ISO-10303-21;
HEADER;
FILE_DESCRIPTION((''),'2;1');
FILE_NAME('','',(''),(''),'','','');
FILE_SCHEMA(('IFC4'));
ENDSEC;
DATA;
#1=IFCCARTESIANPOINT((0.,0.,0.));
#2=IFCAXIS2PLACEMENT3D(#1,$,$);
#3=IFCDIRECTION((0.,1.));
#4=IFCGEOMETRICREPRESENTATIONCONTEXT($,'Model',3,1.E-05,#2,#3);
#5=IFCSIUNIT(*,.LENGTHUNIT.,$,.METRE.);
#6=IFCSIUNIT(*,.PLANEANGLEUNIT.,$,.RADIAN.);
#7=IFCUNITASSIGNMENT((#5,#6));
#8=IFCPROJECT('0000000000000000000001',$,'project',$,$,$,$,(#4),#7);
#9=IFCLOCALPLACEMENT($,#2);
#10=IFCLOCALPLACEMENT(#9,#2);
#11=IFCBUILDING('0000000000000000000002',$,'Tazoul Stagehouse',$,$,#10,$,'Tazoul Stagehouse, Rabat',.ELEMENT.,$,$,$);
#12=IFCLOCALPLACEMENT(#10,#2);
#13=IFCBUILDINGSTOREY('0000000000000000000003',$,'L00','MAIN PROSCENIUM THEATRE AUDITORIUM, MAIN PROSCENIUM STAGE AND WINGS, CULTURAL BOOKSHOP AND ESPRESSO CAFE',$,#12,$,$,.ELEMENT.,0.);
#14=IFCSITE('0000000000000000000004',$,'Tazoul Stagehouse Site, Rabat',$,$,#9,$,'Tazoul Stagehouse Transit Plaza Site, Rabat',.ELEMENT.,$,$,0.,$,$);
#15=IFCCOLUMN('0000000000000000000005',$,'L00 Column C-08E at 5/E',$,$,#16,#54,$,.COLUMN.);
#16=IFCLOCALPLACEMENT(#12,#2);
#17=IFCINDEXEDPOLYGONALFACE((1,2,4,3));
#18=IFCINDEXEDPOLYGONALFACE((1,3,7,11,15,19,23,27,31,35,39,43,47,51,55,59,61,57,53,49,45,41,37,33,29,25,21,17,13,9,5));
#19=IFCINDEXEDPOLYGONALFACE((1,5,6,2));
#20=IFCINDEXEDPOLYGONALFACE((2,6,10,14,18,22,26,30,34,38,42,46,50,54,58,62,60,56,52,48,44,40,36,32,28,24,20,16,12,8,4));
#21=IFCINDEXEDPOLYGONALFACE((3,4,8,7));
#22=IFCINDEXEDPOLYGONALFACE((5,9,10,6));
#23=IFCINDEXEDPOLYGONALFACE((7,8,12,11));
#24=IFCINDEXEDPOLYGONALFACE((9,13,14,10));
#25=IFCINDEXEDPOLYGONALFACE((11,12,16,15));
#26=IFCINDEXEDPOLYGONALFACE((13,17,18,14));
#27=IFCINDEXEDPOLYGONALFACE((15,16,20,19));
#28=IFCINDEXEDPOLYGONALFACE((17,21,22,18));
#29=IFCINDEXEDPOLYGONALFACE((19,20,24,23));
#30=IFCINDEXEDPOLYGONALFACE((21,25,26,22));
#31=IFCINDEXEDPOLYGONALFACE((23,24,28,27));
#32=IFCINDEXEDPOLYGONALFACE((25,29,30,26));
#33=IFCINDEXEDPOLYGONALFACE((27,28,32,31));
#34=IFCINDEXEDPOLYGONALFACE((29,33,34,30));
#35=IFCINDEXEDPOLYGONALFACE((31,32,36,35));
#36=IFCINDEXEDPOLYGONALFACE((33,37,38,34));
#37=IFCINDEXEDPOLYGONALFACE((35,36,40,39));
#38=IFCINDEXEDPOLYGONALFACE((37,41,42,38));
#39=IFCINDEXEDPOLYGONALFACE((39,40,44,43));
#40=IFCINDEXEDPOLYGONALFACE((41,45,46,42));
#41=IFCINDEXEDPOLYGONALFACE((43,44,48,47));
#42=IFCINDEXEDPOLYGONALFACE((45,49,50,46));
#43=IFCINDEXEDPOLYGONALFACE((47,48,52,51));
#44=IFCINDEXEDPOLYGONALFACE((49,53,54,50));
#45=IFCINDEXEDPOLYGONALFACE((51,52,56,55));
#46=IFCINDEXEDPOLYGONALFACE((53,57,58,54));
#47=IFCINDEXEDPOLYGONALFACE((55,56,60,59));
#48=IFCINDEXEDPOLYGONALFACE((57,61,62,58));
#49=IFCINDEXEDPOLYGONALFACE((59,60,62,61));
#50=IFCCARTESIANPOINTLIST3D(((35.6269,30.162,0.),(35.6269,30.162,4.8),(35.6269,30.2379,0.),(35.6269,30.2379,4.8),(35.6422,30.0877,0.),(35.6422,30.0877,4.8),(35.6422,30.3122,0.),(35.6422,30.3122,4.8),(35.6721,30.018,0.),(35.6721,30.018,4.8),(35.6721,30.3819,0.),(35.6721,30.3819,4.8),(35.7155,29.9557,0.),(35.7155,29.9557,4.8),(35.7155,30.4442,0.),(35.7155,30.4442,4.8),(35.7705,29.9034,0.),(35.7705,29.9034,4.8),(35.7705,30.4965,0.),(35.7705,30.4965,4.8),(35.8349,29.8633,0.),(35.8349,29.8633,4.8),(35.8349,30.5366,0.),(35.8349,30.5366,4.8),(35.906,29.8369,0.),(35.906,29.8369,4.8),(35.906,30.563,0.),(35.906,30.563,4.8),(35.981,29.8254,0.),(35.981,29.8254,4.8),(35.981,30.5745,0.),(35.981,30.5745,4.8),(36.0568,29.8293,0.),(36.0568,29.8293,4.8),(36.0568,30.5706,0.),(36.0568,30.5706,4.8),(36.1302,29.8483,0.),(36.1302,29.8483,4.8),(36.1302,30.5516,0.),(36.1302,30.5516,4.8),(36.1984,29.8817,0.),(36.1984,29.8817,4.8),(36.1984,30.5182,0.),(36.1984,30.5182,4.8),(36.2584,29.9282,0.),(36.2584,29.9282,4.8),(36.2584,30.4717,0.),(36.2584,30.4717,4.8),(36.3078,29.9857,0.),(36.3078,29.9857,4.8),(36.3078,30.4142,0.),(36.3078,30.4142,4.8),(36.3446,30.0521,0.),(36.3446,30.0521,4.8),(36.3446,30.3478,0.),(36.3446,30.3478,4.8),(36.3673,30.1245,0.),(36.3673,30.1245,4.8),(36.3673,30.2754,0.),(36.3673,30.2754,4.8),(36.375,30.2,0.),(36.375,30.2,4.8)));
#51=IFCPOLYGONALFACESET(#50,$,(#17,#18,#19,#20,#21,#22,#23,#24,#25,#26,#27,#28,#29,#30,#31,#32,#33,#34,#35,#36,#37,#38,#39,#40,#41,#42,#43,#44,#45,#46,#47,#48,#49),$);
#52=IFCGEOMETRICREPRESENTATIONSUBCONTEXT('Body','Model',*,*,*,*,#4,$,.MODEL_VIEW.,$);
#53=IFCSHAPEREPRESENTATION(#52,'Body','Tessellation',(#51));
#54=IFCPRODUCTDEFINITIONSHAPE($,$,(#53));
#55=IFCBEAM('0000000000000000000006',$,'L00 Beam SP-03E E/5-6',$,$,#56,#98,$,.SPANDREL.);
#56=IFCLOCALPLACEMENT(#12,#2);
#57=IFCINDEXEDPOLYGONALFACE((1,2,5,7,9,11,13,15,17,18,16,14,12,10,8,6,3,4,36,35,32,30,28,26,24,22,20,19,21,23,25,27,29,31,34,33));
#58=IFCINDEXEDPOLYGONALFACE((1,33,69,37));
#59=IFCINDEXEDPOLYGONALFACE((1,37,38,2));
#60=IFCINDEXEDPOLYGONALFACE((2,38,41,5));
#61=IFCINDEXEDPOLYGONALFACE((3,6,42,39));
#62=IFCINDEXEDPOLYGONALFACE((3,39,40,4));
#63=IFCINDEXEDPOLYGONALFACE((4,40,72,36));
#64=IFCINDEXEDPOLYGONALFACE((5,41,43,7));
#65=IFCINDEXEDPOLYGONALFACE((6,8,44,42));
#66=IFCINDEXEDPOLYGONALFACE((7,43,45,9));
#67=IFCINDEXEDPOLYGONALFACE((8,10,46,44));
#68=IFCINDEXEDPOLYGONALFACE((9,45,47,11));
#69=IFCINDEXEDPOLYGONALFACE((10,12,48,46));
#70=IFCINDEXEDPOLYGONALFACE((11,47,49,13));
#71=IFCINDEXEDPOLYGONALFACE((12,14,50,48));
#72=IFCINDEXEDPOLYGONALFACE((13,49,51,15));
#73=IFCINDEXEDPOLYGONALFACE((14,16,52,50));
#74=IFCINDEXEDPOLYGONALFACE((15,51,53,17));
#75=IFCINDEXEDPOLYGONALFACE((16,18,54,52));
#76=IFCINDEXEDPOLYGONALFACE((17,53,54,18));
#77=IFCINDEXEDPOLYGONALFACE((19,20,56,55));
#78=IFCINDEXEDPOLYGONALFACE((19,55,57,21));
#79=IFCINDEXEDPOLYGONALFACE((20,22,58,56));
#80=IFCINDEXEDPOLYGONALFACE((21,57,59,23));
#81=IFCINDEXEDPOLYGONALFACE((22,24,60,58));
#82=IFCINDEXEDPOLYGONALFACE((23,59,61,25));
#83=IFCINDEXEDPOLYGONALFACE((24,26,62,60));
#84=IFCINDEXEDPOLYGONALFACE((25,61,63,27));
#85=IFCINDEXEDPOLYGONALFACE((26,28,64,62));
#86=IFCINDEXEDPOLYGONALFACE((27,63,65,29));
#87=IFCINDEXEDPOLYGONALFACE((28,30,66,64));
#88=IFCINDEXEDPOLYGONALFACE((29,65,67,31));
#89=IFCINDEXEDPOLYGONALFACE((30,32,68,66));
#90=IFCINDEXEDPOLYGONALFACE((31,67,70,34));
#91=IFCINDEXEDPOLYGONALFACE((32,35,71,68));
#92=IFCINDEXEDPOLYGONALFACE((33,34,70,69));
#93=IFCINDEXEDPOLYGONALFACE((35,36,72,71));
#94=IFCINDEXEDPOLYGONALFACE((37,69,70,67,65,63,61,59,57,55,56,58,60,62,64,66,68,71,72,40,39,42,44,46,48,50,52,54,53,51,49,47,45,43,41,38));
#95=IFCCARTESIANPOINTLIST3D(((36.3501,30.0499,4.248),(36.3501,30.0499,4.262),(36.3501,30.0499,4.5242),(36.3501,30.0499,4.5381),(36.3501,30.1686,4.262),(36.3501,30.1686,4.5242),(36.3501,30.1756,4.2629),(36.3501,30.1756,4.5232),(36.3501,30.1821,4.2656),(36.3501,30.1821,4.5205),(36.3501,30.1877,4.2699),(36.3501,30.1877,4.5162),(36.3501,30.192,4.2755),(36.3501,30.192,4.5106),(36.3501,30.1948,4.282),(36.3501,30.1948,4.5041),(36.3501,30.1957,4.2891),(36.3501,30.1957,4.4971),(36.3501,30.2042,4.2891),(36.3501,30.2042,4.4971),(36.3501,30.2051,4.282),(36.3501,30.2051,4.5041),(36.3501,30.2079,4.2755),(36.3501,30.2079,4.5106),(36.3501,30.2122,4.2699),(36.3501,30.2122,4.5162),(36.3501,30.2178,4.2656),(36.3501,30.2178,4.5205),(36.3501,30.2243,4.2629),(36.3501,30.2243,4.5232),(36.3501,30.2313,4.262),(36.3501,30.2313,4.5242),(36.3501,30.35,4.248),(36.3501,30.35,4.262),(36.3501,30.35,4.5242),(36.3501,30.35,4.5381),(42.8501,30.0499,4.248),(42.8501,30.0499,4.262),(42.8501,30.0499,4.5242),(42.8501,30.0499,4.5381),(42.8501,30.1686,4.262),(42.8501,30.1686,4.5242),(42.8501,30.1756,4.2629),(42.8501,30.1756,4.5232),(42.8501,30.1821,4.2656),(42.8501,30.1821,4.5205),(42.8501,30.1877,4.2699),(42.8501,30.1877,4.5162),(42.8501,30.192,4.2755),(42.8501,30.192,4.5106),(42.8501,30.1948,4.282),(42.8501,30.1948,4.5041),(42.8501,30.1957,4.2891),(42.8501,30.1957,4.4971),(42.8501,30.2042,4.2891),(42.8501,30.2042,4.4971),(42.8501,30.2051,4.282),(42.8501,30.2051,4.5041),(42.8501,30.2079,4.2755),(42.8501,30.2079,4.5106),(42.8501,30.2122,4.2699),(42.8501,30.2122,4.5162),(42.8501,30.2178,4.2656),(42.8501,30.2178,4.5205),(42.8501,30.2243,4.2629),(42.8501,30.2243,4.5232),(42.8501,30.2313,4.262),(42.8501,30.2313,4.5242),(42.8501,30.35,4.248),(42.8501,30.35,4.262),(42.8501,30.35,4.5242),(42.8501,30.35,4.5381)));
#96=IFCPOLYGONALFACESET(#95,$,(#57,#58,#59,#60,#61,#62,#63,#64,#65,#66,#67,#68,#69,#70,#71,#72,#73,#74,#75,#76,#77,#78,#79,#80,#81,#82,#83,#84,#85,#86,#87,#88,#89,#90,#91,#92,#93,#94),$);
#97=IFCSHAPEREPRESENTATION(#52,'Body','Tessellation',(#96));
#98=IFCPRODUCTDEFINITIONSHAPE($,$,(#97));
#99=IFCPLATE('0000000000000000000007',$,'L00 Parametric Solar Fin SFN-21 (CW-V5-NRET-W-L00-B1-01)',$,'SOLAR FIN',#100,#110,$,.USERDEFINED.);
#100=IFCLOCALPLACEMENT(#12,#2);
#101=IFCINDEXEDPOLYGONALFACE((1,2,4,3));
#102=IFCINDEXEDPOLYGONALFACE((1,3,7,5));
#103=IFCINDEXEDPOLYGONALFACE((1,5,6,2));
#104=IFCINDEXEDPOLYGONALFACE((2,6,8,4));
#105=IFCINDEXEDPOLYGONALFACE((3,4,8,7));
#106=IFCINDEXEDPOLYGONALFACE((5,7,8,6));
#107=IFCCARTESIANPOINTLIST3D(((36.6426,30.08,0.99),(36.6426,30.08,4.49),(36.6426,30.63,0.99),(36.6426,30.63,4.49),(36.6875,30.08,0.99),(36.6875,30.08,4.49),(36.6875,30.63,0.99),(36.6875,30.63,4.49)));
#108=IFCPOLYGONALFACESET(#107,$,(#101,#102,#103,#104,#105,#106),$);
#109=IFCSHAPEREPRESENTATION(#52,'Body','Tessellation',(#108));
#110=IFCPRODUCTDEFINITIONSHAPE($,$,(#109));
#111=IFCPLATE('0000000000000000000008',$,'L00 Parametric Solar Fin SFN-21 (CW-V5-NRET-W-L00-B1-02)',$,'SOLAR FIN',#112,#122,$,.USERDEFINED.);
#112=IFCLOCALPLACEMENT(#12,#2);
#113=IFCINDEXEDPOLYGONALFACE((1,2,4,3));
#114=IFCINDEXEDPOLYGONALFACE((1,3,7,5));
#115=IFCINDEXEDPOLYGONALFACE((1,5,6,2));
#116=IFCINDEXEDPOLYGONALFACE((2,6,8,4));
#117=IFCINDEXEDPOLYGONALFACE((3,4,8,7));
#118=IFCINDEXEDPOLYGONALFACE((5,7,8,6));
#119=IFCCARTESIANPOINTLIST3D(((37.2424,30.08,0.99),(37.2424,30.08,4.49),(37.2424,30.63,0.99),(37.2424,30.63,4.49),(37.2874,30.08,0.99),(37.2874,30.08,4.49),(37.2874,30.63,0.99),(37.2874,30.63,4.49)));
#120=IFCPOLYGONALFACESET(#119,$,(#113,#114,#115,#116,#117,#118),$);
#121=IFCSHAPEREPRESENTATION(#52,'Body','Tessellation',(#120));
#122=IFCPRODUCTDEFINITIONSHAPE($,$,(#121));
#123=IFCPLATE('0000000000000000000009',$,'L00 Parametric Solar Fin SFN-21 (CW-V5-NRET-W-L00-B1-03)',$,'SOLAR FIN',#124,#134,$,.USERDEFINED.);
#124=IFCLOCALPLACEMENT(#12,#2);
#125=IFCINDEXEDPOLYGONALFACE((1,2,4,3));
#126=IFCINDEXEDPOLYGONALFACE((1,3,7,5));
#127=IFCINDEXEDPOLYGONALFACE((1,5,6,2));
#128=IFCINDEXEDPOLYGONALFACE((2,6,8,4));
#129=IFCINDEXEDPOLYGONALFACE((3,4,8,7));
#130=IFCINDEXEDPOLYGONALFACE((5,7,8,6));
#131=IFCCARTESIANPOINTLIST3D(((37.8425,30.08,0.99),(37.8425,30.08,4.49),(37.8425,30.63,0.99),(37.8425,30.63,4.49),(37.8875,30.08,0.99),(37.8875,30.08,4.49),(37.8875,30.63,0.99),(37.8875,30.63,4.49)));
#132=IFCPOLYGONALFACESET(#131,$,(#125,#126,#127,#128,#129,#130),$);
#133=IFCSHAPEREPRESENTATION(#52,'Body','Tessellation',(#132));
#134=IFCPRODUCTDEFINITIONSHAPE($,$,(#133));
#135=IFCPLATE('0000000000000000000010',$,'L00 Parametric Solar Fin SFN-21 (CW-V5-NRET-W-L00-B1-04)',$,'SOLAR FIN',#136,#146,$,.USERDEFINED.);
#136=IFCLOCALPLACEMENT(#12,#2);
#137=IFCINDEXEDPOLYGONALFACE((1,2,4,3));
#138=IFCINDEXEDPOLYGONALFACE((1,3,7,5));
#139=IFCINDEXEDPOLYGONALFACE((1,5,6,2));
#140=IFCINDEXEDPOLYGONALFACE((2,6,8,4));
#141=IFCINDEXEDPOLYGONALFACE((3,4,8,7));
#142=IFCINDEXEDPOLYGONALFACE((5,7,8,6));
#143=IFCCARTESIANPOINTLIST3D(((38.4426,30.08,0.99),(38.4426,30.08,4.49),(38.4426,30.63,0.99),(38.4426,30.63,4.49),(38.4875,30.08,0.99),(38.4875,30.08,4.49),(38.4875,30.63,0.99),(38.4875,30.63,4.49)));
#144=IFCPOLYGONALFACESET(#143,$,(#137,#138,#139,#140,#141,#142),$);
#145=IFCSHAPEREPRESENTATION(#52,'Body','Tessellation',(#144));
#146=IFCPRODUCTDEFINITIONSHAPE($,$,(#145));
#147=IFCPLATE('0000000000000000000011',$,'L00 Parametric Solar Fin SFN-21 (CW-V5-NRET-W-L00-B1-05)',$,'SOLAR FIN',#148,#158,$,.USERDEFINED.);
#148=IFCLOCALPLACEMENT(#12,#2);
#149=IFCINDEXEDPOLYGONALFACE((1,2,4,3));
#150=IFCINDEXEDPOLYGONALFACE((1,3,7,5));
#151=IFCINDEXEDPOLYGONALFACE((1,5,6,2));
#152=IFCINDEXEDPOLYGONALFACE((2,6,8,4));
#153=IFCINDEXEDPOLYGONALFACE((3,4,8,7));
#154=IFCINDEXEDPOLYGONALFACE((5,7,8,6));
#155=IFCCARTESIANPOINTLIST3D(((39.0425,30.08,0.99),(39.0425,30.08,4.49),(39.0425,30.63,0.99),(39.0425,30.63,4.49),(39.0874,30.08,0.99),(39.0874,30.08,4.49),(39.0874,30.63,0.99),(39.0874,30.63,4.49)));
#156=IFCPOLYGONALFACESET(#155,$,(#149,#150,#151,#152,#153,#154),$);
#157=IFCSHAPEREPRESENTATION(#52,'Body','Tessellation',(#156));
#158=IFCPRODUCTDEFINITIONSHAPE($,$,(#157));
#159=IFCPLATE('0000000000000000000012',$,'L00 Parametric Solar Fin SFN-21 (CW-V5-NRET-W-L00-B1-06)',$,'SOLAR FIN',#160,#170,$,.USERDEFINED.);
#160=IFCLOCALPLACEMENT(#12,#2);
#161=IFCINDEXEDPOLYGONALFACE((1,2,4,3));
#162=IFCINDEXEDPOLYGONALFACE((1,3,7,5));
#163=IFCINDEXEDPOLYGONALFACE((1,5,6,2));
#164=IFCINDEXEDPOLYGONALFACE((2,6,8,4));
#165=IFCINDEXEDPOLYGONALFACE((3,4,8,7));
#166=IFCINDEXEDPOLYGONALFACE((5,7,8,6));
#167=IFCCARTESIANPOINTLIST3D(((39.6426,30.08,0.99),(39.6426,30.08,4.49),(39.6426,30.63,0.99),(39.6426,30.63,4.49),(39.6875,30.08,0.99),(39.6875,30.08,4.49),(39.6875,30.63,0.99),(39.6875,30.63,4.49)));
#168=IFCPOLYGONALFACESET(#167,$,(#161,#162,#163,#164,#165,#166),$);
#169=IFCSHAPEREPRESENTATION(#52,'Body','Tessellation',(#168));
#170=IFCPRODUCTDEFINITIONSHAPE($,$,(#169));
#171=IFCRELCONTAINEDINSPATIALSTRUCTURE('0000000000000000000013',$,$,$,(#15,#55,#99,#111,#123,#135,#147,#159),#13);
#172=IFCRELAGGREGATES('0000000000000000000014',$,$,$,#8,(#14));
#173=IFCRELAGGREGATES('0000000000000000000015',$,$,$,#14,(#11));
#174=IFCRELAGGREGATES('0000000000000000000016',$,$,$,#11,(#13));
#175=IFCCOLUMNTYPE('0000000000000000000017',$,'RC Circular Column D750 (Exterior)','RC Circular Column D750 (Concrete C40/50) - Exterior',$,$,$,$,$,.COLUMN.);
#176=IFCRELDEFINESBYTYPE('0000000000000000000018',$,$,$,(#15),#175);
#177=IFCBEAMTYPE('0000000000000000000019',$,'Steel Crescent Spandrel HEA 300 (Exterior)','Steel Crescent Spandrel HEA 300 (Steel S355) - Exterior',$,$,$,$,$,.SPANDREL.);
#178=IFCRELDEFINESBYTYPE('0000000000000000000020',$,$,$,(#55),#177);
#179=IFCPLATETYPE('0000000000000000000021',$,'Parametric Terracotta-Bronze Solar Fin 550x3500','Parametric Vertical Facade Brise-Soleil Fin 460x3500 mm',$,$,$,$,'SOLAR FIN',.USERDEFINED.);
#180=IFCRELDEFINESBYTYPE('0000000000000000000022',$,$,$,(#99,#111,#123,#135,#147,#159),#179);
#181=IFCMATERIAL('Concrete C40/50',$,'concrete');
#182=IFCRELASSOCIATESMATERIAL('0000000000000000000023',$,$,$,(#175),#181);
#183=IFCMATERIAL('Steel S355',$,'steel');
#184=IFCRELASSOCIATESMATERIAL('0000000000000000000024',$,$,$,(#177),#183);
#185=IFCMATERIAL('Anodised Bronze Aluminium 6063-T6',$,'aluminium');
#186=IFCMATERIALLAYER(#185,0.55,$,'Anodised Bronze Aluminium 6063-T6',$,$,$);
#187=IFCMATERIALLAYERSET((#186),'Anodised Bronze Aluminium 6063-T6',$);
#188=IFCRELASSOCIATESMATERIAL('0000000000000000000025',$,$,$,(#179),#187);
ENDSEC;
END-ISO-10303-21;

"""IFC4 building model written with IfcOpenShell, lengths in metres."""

from ifc_helpers import new_model, si_unit, direction, frame, origin, origin_2d, place, context, subcontext, project, spatial, rectangle, circle, i_section, extrude, material, layer, layer_set, material_profile, profile_set, type_object, element, save


model = new_model("IFC4")

# Units and contexts
model_context = context("Model", 3, precision=1e-05, world=origin(), true_north=direction((0.0, 1.0)))
body_context = subcontext(model_context, "Body", "Model", "MODEL_VIEW")
ifc_project = project(units=[si_unit("LENGTHUNIT", "METRE"), si_unit("PLANEANGLEUNIT", "RADIAN")], contexts=[model_context])

# Site, building, storey
site_placement = place(None, origin())
site = spatial("IfcSite", under=ifc_project, at=site_placement, Name="Tazoul Stagehouse Site, Rabat", LongName="Tazoul Stagehouse Transit Plaza Site, Rabat", CompositionType="ELEMENT", RefElevation=0.0)
building_placement = place(site_placement, origin())
building = spatial("IfcBuilding", under=site, at=building_placement, Name="Tazoul Stagehouse", LongName="Tazoul Stagehouse, Rabat", CompositionType="ELEMENT")
storey_placement = place(building_placement, origin())
storey = spatial("IfcBuildingStorey", under=building, at=storey_placement, Name="L00", Description="MAIN PROSCENIUM THEATRE AUDITORIUM, MAIN PROSCENIUM STAGE AND WINGS, CULTURAL BOOKSHOP AND ESPRESSO CAFE", CompositionType="ELEMENT", Elevation=0.0)

# Column
ifc_material_1 = material(Name="Concrete C40/50", Category="concrete")
ifc_material_profile_1 = material_profile(ifc_material_1, circle(Radius=0.375, at=origin_2d()), Name="RC D750")
ifc_profile_set_1 = profile_set([ifc_material_profile_1], Name="Concrete C40/50")
column_type = type_object("IfcColumnType", Name="RC Circular Column D750 (Exterior)", Description="RC Circular Column D750 (Concrete C40/50) - Exterior", PredefinedType="COLUMN", material=ifc_profile_set_1)
column_placement = place(storey_placement, frame((36.0, 30.2, 0.0), z_axis=(0.0, 0.0, 1.0), x_axis=(1.0, 0.0, 0.0)))
element("IfcColumn", 1, at=column_placement, inside=storey, type_object=column_type, Name="L00 Column C-08E at 5/E", PredefinedType="COLUMN", context=body_context, shape_type="SweptSolid", body=[
    extrude(circle(Radius=0.375, at=origin_2d()), origin(), (0.0, 0.0, 1.0), 4.8),
])

# Beam
ifc_material_2 = material(Name="Steel S355", Category="steel")
ifc_material_profile_2 = material_profile(ifc_material_2, i_section(OverallWidth=0.3, OverallDepth=0.29, WebThickness=0.0085, FlangeThickness=0.0139, FilletRadius=0.0271, at=origin_2d()), Name="HEA 300")
ifc_profile_set_2 = profile_set([ifc_material_profile_2], Name="Steel S355")
beam_type = type_object("IfcBeamType", Name="Steel Crescent Spandrel HEA 300 (Exterior)", Description="Steel Crescent Spandrel HEA 300 (Steel S355) - Exterior", PredefinedType="SPANDREL", material=ifc_profile_set_2)
beam_placement = place(storey_placement, frame((36.3501, 30.2, 4.3931), z_axis=(1.0, 0.0, 0.0), x_axis=(0.0, 1.0, 0.0)))
element("IfcBeam", 2, at=beam_placement, inside=storey, type_object=beam_type, Name="L00 Beam SP-03E E/5-6", PredefinedType="SPANDREL", context=body_context, shape_type="SweptSolid", body=[
    extrude(i_section(OverallWidth=0.3, OverallDepth=0.29, WebThickness=0.0085, FlangeThickness=0.0139, FilletRadius=0.0271, at=origin_2d()), origin(), (0.0, 0.0, 1.0), 6.5),
])

# Plates
ifc_material_3 = material(Name="Anodised Bronze Aluminium 6063-T6", Category="aluminium")
ifc_layer = layer(ifc_material_3, 0.55, Name="Anodised Bronze Aluminium 6063-T6")
ifc_layer_set = layer_set([ifc_layer], Name="Anodised Bronze Aluminium 6063-T6")
plate_type = type_object("IfcPlateType", Name="Parametric Terracotta-Bronze Solar Fin 550x3500", Description="Parametric Vertical Facade Brise-Soleil Fin 460x3500 mm", ElementType="SOLAR FIN", PredefinedType="USERDEFINED", material=ifc_layer_set)
for number, where, z_axis, x_axis, name in (
    (3, (36.665, 30.355, 0.99), (0.0, 0.0, 1.0), (1.0, 0.0, 0.0), "L00 Parametric Solar Fin SFN-21 (CW-V5-NRET-W-L00-B1-01)"),
    (4, (37.2649, 30.355, 0.99), (0.0, 0.0, 1.0), (1.0, 0.0, 0.0), "L00 Parametric Solar Fin SFN-21 (CW-V5-NRET-W-L00-B1-02)"),
    (5, (37.865, 30.355, 0.99), (0.0, 0.0, 1.0), (1.0, 0.0, 0.0), "L00 Parametric Solar Fin SFN-21 (CW-V5-NRET-W-L00-B1-03)"),
    (6, (38.4651, 30.355, 0.99), (0.0, 0.0, 1.0), (1.0, 0.0, 0.0), "L00 Parametric Solar Fin SFN-21 (CW-V5-NRET-W-L00-B1-04)"),
    (7, (39.0649, 30.355, 0.99), (0.0, 0.0, 1.0), (1.0, 0.0, 0.0), "L00 Parametric Solar Fin SFN-21 (CW-V5-NRET-W-L00-B1-05)"),
    (8, (39.665, 30.355, 0.99), (0.0, 0.0, 1.0), (1.0, 0.0, 0.0), "L00 Parametric Solar Fin SFN-21 (CW-V5-NRET-W-L00-B1-06)"),
):
    element("IfcPlate", number, at=place(storey_placement, frame(where, z_axis=z_axis, x_axis=x_axis)), inside=storey, type_object=plate_type, Name=name, ObjectType="SOLAR FIN", PredefinedType="USERDEFINED", context=body_context, shape_type="SweptSolid", body=[
        extrude(rectangle(XDim=0.0449, YDim=0.55, at=origin_2d()), origin(), (0.0, 0.0, 1.0), 3.5),
    ])

save(model, "model.ifc")
